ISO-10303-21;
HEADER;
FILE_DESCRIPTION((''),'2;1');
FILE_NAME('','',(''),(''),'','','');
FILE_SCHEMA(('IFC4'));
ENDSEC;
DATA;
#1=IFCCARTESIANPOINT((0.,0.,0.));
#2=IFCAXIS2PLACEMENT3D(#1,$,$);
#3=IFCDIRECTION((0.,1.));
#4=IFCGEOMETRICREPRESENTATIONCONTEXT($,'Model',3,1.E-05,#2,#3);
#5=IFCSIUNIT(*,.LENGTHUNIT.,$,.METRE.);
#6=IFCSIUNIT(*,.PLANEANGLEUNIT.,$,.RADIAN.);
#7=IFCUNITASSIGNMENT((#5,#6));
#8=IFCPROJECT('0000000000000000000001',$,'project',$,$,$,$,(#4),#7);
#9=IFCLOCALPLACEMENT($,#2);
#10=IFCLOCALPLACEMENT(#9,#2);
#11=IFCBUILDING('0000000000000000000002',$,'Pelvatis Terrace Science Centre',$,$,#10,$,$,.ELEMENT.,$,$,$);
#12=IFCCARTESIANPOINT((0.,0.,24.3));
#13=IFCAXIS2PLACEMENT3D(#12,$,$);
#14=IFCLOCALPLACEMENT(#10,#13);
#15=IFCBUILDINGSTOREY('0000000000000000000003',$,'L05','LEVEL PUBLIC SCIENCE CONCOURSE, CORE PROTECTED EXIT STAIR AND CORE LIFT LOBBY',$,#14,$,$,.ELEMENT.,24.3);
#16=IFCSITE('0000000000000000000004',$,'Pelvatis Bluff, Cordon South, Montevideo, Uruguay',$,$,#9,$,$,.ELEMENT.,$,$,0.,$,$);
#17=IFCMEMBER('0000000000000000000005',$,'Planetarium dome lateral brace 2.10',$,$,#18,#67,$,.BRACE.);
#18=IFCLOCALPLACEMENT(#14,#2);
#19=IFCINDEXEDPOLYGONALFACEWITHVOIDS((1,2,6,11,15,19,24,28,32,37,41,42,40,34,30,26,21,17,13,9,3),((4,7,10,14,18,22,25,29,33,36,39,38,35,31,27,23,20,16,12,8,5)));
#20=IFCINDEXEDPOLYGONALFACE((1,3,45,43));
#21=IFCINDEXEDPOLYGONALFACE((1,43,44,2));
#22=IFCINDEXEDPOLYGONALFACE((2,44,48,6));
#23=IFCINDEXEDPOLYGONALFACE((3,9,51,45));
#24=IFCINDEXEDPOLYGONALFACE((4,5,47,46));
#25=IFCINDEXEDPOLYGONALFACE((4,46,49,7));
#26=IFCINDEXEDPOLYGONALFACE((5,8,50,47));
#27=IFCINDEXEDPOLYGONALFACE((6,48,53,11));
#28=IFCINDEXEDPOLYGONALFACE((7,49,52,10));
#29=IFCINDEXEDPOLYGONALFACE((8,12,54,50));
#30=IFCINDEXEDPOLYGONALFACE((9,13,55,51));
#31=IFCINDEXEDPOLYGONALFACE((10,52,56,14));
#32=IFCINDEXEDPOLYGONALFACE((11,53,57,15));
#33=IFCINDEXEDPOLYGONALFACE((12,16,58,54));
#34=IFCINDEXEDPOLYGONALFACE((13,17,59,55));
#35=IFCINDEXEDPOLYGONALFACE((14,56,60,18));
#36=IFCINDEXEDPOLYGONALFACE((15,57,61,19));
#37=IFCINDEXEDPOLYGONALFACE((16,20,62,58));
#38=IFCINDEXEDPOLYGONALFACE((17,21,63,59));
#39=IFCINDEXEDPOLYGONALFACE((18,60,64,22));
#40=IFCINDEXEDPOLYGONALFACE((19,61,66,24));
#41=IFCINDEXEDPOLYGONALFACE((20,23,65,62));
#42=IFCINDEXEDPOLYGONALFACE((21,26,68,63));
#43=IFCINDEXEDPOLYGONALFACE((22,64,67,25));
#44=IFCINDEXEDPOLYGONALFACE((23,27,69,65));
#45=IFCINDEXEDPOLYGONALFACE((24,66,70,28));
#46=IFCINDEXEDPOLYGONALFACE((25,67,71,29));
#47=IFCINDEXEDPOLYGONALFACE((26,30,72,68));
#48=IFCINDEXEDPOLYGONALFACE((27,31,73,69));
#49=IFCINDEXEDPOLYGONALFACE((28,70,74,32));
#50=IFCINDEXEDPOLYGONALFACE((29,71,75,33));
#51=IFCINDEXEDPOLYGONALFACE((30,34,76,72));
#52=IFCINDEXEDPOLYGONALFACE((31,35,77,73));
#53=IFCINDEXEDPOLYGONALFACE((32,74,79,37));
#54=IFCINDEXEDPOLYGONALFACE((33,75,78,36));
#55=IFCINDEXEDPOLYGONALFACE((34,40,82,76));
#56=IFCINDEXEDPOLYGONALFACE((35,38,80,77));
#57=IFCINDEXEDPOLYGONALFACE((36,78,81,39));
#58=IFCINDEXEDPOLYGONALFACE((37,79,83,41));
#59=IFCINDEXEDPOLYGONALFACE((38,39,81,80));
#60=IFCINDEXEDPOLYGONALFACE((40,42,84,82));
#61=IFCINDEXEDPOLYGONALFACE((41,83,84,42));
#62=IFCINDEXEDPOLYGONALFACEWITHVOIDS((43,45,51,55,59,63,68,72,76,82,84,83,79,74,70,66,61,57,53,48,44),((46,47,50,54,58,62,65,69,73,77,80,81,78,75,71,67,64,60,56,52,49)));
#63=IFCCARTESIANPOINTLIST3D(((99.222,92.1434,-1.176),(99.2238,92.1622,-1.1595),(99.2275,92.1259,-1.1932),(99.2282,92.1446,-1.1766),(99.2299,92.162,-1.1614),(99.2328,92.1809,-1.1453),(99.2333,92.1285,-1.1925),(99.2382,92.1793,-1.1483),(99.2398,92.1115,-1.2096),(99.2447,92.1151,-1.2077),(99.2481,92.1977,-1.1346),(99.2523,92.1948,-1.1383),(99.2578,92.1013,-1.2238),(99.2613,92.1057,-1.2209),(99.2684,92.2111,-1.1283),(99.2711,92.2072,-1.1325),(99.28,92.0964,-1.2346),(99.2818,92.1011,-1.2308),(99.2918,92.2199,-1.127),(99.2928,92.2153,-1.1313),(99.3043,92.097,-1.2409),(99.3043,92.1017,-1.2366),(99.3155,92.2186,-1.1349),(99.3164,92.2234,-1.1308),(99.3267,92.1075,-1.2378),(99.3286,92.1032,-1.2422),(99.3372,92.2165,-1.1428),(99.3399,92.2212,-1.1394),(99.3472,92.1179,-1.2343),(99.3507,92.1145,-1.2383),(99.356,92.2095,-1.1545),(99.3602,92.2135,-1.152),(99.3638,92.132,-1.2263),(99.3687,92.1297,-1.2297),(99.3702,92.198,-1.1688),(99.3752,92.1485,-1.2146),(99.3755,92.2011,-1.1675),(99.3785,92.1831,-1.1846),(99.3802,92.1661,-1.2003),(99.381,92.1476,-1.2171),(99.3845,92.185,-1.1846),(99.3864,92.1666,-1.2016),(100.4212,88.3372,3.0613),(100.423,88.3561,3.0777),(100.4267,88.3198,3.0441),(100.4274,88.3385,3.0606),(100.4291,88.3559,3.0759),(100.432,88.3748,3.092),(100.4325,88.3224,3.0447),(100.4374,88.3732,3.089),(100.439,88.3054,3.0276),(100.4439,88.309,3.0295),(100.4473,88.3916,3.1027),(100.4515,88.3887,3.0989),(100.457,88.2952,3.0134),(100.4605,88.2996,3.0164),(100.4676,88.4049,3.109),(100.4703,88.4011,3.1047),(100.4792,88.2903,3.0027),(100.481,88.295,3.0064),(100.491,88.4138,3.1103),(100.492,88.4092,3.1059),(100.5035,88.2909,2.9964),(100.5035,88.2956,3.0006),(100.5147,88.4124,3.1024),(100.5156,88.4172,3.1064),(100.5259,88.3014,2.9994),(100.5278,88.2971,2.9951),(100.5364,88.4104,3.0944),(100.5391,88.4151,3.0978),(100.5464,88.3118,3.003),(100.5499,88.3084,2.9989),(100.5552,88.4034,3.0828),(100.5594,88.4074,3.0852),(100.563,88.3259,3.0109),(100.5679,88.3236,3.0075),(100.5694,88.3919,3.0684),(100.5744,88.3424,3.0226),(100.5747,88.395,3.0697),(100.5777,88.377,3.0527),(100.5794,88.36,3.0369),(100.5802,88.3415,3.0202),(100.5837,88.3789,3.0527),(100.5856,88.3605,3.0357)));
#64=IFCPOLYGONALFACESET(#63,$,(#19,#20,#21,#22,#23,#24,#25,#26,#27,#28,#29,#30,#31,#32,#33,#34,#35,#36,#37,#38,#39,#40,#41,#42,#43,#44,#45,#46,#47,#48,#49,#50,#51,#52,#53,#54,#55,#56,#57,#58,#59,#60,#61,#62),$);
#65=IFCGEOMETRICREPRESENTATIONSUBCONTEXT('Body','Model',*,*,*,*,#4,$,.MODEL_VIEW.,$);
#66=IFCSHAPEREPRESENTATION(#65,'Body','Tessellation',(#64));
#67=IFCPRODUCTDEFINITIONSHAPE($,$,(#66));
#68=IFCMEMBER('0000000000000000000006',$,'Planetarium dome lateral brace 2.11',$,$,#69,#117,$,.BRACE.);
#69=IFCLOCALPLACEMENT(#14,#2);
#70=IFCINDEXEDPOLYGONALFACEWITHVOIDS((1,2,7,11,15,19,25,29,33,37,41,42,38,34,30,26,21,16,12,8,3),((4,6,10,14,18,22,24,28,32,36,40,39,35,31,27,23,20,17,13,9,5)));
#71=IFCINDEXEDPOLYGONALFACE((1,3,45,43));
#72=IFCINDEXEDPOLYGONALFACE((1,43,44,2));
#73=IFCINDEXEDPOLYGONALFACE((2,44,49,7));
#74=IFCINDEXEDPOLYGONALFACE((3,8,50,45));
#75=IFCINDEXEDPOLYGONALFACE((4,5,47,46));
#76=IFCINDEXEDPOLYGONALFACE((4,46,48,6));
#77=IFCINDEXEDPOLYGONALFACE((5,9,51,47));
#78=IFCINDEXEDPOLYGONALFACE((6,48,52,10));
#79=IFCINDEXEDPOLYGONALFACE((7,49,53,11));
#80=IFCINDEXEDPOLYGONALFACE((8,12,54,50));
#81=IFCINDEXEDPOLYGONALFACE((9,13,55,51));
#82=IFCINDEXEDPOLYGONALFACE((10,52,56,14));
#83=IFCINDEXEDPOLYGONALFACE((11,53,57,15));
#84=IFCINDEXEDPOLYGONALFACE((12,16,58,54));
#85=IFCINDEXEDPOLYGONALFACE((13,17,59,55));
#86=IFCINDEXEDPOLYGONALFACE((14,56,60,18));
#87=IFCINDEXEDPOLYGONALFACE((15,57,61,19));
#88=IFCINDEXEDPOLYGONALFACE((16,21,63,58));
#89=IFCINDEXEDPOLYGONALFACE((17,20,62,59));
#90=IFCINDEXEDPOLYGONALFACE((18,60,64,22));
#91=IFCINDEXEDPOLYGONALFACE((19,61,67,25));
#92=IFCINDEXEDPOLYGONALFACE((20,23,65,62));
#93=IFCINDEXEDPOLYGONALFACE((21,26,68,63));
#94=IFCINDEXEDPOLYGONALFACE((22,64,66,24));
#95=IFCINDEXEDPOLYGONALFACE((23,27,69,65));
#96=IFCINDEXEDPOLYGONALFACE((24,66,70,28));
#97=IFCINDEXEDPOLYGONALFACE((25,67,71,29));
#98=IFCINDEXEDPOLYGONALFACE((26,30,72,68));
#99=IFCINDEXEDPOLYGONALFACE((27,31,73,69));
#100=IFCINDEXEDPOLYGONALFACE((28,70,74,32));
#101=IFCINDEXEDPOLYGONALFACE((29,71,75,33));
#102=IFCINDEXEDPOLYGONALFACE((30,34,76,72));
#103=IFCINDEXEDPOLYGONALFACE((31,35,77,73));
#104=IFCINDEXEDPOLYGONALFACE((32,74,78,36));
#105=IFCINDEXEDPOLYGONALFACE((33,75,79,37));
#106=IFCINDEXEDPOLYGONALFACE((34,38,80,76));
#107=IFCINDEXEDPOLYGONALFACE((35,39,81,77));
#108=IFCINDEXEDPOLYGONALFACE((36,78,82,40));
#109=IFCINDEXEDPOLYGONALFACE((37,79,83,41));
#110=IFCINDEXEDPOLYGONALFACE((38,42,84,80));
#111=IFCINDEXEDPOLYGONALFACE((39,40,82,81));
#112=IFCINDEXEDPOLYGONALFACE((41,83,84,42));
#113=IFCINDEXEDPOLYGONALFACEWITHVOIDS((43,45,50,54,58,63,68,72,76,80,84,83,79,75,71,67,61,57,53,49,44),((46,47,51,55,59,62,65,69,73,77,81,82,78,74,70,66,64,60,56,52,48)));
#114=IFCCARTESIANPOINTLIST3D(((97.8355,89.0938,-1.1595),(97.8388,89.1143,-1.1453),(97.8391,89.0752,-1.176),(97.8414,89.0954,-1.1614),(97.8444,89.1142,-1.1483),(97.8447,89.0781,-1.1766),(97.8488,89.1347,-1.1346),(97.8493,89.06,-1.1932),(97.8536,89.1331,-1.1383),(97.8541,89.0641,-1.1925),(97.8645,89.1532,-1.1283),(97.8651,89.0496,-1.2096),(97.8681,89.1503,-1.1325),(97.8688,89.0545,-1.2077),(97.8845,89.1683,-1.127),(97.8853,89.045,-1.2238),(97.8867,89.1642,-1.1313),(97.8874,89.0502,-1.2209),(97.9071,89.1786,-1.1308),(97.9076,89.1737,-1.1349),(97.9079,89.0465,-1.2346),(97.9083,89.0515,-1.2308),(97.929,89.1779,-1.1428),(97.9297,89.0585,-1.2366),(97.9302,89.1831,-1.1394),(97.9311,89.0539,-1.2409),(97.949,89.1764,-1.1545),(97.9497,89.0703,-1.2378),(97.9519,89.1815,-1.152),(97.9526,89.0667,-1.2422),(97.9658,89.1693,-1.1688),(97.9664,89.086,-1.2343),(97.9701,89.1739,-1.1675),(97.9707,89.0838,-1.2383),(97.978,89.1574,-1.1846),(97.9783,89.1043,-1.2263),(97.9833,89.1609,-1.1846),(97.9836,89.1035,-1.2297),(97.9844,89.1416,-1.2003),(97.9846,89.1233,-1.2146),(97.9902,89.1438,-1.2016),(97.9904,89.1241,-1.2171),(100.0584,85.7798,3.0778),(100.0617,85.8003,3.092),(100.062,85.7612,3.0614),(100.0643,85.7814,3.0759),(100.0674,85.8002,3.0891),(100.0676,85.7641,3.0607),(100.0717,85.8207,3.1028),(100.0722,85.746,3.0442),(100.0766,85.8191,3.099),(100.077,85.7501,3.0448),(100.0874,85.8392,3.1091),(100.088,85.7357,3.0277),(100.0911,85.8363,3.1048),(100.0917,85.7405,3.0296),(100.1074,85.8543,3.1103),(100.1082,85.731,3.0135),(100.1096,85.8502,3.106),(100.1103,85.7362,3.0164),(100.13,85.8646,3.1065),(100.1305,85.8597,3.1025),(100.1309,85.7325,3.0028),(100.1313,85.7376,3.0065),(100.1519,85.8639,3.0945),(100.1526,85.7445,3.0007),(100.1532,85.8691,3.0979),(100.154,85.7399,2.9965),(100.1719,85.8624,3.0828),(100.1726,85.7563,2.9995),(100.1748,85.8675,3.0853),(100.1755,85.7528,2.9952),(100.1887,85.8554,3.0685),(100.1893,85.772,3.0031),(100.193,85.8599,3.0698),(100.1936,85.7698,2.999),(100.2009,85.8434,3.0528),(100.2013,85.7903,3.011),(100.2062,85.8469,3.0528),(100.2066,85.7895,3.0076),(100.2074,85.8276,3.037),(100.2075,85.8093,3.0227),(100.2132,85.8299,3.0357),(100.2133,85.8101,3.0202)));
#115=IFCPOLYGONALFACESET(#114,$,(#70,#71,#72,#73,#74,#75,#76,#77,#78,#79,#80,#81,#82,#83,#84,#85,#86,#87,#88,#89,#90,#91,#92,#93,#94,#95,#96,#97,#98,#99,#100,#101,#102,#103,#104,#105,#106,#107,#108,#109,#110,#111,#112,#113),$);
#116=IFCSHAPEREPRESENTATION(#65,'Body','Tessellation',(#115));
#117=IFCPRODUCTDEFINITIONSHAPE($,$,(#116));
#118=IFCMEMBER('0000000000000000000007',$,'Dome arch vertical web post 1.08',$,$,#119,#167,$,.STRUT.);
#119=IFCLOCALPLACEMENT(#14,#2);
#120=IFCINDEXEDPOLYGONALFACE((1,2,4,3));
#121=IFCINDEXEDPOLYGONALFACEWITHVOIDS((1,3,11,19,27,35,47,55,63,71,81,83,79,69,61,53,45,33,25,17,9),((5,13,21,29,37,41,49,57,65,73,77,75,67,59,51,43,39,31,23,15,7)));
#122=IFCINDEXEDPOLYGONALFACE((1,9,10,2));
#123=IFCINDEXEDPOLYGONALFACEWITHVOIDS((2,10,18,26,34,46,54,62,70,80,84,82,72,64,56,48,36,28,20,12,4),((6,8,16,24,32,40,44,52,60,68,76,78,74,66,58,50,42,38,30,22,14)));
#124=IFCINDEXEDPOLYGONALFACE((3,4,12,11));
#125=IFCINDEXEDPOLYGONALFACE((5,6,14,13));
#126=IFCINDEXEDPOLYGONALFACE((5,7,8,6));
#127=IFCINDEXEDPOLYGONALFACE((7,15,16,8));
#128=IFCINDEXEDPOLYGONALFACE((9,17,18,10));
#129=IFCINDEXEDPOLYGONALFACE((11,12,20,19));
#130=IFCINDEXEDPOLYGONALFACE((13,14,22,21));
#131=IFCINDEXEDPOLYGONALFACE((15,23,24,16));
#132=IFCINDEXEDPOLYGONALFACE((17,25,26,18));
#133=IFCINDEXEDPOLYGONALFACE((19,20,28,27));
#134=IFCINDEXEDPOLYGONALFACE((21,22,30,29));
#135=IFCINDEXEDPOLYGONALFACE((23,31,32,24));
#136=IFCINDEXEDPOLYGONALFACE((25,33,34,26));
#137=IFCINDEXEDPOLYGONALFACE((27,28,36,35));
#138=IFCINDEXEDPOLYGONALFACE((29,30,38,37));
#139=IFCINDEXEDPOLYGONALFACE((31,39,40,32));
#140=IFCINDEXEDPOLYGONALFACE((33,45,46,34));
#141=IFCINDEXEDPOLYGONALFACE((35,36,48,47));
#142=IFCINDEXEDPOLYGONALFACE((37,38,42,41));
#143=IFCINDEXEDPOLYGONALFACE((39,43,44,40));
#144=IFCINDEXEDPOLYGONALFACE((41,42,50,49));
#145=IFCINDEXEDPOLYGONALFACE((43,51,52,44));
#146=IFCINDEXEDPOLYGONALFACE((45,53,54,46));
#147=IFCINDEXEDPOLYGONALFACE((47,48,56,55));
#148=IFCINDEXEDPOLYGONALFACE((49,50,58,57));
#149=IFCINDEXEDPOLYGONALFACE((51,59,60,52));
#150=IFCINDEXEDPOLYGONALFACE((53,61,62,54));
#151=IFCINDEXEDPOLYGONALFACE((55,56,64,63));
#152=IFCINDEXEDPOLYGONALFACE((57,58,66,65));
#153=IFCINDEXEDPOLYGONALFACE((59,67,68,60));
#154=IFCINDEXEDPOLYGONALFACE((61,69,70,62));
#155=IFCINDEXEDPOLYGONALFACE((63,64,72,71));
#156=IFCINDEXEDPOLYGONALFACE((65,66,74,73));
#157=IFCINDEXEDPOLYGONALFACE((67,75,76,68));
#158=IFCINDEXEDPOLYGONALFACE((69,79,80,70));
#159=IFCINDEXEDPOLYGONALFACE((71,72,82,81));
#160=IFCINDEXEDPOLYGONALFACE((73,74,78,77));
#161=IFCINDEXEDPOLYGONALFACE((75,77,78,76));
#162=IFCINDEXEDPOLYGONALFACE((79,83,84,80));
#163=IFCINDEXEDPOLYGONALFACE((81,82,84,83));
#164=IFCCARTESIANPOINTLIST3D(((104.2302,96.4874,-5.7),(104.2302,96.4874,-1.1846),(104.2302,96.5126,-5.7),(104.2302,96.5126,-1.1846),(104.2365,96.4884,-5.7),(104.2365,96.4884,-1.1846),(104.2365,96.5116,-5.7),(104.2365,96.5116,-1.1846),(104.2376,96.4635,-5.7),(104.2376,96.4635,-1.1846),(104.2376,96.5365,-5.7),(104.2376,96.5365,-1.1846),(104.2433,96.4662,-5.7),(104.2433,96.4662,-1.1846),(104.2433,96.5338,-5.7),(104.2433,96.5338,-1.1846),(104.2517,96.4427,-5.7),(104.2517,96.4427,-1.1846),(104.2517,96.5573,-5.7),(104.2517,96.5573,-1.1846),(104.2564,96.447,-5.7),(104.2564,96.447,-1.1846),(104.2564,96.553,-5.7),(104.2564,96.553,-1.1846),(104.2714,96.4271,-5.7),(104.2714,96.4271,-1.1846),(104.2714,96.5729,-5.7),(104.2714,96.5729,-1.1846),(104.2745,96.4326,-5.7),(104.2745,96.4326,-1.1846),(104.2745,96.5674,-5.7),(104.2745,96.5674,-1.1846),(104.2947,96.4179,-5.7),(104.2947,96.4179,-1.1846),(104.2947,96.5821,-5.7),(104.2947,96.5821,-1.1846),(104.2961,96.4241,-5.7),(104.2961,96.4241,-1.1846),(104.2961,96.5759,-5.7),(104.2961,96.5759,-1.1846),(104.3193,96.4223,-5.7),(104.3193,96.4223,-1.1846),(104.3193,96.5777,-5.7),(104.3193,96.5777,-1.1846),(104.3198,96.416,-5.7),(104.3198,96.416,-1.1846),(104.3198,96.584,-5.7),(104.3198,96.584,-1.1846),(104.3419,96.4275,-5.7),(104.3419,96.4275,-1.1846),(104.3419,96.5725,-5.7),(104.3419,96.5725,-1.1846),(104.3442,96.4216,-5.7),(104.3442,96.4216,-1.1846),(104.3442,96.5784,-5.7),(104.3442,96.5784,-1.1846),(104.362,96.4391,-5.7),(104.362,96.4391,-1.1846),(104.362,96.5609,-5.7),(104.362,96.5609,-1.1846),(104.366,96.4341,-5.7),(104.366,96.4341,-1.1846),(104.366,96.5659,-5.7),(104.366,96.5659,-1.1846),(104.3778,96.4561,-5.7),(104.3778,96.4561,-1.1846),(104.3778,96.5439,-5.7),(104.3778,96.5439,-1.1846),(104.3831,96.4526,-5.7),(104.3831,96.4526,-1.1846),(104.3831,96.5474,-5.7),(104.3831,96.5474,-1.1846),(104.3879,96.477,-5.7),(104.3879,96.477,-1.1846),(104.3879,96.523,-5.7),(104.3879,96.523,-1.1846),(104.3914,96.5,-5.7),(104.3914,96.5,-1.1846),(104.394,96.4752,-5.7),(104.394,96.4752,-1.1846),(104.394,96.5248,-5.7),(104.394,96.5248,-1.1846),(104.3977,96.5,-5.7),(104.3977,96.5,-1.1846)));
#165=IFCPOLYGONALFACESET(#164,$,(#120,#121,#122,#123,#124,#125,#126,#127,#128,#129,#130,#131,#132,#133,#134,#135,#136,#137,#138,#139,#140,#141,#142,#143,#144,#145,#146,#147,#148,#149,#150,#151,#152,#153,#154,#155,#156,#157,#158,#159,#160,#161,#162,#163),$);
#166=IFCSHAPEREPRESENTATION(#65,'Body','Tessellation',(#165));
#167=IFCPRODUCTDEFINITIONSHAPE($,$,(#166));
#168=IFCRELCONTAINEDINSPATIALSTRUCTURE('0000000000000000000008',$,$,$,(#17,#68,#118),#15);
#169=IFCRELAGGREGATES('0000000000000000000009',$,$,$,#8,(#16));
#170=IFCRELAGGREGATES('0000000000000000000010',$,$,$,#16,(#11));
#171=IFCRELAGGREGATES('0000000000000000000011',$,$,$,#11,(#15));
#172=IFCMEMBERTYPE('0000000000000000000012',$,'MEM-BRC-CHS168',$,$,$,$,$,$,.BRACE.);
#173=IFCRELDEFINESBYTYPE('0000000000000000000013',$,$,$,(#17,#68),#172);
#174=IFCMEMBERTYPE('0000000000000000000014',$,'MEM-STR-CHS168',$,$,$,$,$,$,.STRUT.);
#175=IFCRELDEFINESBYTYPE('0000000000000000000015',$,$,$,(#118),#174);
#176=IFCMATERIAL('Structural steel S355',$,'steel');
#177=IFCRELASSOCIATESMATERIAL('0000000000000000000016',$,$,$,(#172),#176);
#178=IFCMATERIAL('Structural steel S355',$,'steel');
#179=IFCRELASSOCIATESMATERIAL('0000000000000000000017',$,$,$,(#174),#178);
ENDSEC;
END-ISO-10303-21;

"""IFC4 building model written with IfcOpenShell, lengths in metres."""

from ifc_helpers import new_model, si_unit, direction, frame, origin, origin_2d, place, context, subcontext, project, spatial, hollow_circle, extrude, material, material_profile, profile_set, type_object, element, save


model = new_model("IFC4")

# Units and contexts
model_context = context("Model", 3, precision=1e-05, world=origin(), true_north=direction((0.0, 1.0)))
body_context = subcontext(model_context, "Body", "Model", "MODEL_VIEW")
ifc_project = project(units=[si_unit("LENGTHUNIT", "METRE"), si_unit("PLANEANGLEUNIT", "RADIAN")], contexts=[model_context])

# Site, building, storey
site_placement = place(None, origin())
site = spatial("IfcSite", under=ifc_project, at=site_placement, Name="Pelvatis Bluff, Cordon South, Montevideo, Uruguay", CompositionType="ELEMENT", RefElevation=0.0)
building_placement = place(site_placement, origin())
building = spatial("IfcBuilding", under=site, at=building_placement, Name="Pelvatis Terrace Science Centre", CompositionType="ELEMENT")
storey_placement = place(building_placement, frame((0.0, 0.0, 24.3)))
storey = spatial("IfcBuildingStorey", under=building, at=storey_placement, Name="L05", Description="LEVEL PUBLIC SCIENCE CONCOURSE, CORE PROTECTED EXIT STAIR AND CORE LIFT LOBBY", CompositionType="ELEMENT", Elevation=24.3)

# Members
ifc_material_1 = material(Name="Structural steel S355", Category="steel")
ifc_material_profile_1 = material_profile(ifc_material_1, hollow_circle(Radius=0.0842, WallThickness=0.0063, at=origin_2d()), Name="CHS 168.3x6.3")
ifc_profile_set_1 = profile_set([ifc_material_profile_1], Name="Structural steel S355")
member_type_1 = type_object("IfcMemberType", Name="MEM-BRC-CHS168", PredefinedType="BRACE", material=ifc_profile_set_1)
for number, where, z_axis, x_axis, name in (
    (1, (99.3042, 92.1597, -1.1846), (0.206029, -0.653908, 0.727981), (0.953778, 0.300511, 0.0), "Planetarium dome lateral brace 2.10"),
    (2, (97.9133, 89.114, -1.1846), (0.381908, -0.569359, 0.727995), (0.830475, 0.557056, 0.0), "Planetarium dome lateral brace 2.11"),
):
    element("IfcMember", number, at=place(storey_placement, frame(where, z_axis=z_axis, x_axis=x_axis)), inside=storey, type_object=member_type_1, Name=name, PredefinedType="BRACE", context=body_context, shape_type="SweptSolid", body=[
        extrude(hollow_circle(Radius=0.0842, WallThickness=0.0063, at=origin_2d()), origin(), (0.0, 0.0, 1.0), 5.8206),
    ])
ifc_material_2 = material(Name="Structural steel S355", Category="steel")
ifc_material_profile_2 = material_profile(ifc_material_2, hollow_circle(Radius=0.0842, WallThickness=0.0063, at=origin_2d()), Name="CHS 168.3x6.3")
ifc_profile_set_2 = profile_set([ifc_material_profile_2], Name="Structural steel S355")
member_type_2 = type_object("IfcMemberType", Name="MEM-STR-CHS168", PredefinedType="STRUT", material=ifc_profile_set_2)
for number, where, z_axis, x_axis, name in (
    (3, (104.3135, 96.5, -5.7), (0.0, 0.0, 1.0), (1.0, 0.0, 0.0), "Dome arch vertical web post 1.08"),
):
    element("IfcMember", number, at=place(storey_placement, frame(where, z_axis=z_axis, x_axis=x_axis)), inside=storey, type_object=member_type_2, Name=name, PredefinedType="STRUT", context=body_context, shape_type="SweptSolid", body=[
        extrude(hollow_circle(Radius=0.0842, WallThickness=0.0063, at=origin_2d()), origin(), (0.0, 0.0, 1.0), 4.5154),
    ])

save(model, "model.ifc")
